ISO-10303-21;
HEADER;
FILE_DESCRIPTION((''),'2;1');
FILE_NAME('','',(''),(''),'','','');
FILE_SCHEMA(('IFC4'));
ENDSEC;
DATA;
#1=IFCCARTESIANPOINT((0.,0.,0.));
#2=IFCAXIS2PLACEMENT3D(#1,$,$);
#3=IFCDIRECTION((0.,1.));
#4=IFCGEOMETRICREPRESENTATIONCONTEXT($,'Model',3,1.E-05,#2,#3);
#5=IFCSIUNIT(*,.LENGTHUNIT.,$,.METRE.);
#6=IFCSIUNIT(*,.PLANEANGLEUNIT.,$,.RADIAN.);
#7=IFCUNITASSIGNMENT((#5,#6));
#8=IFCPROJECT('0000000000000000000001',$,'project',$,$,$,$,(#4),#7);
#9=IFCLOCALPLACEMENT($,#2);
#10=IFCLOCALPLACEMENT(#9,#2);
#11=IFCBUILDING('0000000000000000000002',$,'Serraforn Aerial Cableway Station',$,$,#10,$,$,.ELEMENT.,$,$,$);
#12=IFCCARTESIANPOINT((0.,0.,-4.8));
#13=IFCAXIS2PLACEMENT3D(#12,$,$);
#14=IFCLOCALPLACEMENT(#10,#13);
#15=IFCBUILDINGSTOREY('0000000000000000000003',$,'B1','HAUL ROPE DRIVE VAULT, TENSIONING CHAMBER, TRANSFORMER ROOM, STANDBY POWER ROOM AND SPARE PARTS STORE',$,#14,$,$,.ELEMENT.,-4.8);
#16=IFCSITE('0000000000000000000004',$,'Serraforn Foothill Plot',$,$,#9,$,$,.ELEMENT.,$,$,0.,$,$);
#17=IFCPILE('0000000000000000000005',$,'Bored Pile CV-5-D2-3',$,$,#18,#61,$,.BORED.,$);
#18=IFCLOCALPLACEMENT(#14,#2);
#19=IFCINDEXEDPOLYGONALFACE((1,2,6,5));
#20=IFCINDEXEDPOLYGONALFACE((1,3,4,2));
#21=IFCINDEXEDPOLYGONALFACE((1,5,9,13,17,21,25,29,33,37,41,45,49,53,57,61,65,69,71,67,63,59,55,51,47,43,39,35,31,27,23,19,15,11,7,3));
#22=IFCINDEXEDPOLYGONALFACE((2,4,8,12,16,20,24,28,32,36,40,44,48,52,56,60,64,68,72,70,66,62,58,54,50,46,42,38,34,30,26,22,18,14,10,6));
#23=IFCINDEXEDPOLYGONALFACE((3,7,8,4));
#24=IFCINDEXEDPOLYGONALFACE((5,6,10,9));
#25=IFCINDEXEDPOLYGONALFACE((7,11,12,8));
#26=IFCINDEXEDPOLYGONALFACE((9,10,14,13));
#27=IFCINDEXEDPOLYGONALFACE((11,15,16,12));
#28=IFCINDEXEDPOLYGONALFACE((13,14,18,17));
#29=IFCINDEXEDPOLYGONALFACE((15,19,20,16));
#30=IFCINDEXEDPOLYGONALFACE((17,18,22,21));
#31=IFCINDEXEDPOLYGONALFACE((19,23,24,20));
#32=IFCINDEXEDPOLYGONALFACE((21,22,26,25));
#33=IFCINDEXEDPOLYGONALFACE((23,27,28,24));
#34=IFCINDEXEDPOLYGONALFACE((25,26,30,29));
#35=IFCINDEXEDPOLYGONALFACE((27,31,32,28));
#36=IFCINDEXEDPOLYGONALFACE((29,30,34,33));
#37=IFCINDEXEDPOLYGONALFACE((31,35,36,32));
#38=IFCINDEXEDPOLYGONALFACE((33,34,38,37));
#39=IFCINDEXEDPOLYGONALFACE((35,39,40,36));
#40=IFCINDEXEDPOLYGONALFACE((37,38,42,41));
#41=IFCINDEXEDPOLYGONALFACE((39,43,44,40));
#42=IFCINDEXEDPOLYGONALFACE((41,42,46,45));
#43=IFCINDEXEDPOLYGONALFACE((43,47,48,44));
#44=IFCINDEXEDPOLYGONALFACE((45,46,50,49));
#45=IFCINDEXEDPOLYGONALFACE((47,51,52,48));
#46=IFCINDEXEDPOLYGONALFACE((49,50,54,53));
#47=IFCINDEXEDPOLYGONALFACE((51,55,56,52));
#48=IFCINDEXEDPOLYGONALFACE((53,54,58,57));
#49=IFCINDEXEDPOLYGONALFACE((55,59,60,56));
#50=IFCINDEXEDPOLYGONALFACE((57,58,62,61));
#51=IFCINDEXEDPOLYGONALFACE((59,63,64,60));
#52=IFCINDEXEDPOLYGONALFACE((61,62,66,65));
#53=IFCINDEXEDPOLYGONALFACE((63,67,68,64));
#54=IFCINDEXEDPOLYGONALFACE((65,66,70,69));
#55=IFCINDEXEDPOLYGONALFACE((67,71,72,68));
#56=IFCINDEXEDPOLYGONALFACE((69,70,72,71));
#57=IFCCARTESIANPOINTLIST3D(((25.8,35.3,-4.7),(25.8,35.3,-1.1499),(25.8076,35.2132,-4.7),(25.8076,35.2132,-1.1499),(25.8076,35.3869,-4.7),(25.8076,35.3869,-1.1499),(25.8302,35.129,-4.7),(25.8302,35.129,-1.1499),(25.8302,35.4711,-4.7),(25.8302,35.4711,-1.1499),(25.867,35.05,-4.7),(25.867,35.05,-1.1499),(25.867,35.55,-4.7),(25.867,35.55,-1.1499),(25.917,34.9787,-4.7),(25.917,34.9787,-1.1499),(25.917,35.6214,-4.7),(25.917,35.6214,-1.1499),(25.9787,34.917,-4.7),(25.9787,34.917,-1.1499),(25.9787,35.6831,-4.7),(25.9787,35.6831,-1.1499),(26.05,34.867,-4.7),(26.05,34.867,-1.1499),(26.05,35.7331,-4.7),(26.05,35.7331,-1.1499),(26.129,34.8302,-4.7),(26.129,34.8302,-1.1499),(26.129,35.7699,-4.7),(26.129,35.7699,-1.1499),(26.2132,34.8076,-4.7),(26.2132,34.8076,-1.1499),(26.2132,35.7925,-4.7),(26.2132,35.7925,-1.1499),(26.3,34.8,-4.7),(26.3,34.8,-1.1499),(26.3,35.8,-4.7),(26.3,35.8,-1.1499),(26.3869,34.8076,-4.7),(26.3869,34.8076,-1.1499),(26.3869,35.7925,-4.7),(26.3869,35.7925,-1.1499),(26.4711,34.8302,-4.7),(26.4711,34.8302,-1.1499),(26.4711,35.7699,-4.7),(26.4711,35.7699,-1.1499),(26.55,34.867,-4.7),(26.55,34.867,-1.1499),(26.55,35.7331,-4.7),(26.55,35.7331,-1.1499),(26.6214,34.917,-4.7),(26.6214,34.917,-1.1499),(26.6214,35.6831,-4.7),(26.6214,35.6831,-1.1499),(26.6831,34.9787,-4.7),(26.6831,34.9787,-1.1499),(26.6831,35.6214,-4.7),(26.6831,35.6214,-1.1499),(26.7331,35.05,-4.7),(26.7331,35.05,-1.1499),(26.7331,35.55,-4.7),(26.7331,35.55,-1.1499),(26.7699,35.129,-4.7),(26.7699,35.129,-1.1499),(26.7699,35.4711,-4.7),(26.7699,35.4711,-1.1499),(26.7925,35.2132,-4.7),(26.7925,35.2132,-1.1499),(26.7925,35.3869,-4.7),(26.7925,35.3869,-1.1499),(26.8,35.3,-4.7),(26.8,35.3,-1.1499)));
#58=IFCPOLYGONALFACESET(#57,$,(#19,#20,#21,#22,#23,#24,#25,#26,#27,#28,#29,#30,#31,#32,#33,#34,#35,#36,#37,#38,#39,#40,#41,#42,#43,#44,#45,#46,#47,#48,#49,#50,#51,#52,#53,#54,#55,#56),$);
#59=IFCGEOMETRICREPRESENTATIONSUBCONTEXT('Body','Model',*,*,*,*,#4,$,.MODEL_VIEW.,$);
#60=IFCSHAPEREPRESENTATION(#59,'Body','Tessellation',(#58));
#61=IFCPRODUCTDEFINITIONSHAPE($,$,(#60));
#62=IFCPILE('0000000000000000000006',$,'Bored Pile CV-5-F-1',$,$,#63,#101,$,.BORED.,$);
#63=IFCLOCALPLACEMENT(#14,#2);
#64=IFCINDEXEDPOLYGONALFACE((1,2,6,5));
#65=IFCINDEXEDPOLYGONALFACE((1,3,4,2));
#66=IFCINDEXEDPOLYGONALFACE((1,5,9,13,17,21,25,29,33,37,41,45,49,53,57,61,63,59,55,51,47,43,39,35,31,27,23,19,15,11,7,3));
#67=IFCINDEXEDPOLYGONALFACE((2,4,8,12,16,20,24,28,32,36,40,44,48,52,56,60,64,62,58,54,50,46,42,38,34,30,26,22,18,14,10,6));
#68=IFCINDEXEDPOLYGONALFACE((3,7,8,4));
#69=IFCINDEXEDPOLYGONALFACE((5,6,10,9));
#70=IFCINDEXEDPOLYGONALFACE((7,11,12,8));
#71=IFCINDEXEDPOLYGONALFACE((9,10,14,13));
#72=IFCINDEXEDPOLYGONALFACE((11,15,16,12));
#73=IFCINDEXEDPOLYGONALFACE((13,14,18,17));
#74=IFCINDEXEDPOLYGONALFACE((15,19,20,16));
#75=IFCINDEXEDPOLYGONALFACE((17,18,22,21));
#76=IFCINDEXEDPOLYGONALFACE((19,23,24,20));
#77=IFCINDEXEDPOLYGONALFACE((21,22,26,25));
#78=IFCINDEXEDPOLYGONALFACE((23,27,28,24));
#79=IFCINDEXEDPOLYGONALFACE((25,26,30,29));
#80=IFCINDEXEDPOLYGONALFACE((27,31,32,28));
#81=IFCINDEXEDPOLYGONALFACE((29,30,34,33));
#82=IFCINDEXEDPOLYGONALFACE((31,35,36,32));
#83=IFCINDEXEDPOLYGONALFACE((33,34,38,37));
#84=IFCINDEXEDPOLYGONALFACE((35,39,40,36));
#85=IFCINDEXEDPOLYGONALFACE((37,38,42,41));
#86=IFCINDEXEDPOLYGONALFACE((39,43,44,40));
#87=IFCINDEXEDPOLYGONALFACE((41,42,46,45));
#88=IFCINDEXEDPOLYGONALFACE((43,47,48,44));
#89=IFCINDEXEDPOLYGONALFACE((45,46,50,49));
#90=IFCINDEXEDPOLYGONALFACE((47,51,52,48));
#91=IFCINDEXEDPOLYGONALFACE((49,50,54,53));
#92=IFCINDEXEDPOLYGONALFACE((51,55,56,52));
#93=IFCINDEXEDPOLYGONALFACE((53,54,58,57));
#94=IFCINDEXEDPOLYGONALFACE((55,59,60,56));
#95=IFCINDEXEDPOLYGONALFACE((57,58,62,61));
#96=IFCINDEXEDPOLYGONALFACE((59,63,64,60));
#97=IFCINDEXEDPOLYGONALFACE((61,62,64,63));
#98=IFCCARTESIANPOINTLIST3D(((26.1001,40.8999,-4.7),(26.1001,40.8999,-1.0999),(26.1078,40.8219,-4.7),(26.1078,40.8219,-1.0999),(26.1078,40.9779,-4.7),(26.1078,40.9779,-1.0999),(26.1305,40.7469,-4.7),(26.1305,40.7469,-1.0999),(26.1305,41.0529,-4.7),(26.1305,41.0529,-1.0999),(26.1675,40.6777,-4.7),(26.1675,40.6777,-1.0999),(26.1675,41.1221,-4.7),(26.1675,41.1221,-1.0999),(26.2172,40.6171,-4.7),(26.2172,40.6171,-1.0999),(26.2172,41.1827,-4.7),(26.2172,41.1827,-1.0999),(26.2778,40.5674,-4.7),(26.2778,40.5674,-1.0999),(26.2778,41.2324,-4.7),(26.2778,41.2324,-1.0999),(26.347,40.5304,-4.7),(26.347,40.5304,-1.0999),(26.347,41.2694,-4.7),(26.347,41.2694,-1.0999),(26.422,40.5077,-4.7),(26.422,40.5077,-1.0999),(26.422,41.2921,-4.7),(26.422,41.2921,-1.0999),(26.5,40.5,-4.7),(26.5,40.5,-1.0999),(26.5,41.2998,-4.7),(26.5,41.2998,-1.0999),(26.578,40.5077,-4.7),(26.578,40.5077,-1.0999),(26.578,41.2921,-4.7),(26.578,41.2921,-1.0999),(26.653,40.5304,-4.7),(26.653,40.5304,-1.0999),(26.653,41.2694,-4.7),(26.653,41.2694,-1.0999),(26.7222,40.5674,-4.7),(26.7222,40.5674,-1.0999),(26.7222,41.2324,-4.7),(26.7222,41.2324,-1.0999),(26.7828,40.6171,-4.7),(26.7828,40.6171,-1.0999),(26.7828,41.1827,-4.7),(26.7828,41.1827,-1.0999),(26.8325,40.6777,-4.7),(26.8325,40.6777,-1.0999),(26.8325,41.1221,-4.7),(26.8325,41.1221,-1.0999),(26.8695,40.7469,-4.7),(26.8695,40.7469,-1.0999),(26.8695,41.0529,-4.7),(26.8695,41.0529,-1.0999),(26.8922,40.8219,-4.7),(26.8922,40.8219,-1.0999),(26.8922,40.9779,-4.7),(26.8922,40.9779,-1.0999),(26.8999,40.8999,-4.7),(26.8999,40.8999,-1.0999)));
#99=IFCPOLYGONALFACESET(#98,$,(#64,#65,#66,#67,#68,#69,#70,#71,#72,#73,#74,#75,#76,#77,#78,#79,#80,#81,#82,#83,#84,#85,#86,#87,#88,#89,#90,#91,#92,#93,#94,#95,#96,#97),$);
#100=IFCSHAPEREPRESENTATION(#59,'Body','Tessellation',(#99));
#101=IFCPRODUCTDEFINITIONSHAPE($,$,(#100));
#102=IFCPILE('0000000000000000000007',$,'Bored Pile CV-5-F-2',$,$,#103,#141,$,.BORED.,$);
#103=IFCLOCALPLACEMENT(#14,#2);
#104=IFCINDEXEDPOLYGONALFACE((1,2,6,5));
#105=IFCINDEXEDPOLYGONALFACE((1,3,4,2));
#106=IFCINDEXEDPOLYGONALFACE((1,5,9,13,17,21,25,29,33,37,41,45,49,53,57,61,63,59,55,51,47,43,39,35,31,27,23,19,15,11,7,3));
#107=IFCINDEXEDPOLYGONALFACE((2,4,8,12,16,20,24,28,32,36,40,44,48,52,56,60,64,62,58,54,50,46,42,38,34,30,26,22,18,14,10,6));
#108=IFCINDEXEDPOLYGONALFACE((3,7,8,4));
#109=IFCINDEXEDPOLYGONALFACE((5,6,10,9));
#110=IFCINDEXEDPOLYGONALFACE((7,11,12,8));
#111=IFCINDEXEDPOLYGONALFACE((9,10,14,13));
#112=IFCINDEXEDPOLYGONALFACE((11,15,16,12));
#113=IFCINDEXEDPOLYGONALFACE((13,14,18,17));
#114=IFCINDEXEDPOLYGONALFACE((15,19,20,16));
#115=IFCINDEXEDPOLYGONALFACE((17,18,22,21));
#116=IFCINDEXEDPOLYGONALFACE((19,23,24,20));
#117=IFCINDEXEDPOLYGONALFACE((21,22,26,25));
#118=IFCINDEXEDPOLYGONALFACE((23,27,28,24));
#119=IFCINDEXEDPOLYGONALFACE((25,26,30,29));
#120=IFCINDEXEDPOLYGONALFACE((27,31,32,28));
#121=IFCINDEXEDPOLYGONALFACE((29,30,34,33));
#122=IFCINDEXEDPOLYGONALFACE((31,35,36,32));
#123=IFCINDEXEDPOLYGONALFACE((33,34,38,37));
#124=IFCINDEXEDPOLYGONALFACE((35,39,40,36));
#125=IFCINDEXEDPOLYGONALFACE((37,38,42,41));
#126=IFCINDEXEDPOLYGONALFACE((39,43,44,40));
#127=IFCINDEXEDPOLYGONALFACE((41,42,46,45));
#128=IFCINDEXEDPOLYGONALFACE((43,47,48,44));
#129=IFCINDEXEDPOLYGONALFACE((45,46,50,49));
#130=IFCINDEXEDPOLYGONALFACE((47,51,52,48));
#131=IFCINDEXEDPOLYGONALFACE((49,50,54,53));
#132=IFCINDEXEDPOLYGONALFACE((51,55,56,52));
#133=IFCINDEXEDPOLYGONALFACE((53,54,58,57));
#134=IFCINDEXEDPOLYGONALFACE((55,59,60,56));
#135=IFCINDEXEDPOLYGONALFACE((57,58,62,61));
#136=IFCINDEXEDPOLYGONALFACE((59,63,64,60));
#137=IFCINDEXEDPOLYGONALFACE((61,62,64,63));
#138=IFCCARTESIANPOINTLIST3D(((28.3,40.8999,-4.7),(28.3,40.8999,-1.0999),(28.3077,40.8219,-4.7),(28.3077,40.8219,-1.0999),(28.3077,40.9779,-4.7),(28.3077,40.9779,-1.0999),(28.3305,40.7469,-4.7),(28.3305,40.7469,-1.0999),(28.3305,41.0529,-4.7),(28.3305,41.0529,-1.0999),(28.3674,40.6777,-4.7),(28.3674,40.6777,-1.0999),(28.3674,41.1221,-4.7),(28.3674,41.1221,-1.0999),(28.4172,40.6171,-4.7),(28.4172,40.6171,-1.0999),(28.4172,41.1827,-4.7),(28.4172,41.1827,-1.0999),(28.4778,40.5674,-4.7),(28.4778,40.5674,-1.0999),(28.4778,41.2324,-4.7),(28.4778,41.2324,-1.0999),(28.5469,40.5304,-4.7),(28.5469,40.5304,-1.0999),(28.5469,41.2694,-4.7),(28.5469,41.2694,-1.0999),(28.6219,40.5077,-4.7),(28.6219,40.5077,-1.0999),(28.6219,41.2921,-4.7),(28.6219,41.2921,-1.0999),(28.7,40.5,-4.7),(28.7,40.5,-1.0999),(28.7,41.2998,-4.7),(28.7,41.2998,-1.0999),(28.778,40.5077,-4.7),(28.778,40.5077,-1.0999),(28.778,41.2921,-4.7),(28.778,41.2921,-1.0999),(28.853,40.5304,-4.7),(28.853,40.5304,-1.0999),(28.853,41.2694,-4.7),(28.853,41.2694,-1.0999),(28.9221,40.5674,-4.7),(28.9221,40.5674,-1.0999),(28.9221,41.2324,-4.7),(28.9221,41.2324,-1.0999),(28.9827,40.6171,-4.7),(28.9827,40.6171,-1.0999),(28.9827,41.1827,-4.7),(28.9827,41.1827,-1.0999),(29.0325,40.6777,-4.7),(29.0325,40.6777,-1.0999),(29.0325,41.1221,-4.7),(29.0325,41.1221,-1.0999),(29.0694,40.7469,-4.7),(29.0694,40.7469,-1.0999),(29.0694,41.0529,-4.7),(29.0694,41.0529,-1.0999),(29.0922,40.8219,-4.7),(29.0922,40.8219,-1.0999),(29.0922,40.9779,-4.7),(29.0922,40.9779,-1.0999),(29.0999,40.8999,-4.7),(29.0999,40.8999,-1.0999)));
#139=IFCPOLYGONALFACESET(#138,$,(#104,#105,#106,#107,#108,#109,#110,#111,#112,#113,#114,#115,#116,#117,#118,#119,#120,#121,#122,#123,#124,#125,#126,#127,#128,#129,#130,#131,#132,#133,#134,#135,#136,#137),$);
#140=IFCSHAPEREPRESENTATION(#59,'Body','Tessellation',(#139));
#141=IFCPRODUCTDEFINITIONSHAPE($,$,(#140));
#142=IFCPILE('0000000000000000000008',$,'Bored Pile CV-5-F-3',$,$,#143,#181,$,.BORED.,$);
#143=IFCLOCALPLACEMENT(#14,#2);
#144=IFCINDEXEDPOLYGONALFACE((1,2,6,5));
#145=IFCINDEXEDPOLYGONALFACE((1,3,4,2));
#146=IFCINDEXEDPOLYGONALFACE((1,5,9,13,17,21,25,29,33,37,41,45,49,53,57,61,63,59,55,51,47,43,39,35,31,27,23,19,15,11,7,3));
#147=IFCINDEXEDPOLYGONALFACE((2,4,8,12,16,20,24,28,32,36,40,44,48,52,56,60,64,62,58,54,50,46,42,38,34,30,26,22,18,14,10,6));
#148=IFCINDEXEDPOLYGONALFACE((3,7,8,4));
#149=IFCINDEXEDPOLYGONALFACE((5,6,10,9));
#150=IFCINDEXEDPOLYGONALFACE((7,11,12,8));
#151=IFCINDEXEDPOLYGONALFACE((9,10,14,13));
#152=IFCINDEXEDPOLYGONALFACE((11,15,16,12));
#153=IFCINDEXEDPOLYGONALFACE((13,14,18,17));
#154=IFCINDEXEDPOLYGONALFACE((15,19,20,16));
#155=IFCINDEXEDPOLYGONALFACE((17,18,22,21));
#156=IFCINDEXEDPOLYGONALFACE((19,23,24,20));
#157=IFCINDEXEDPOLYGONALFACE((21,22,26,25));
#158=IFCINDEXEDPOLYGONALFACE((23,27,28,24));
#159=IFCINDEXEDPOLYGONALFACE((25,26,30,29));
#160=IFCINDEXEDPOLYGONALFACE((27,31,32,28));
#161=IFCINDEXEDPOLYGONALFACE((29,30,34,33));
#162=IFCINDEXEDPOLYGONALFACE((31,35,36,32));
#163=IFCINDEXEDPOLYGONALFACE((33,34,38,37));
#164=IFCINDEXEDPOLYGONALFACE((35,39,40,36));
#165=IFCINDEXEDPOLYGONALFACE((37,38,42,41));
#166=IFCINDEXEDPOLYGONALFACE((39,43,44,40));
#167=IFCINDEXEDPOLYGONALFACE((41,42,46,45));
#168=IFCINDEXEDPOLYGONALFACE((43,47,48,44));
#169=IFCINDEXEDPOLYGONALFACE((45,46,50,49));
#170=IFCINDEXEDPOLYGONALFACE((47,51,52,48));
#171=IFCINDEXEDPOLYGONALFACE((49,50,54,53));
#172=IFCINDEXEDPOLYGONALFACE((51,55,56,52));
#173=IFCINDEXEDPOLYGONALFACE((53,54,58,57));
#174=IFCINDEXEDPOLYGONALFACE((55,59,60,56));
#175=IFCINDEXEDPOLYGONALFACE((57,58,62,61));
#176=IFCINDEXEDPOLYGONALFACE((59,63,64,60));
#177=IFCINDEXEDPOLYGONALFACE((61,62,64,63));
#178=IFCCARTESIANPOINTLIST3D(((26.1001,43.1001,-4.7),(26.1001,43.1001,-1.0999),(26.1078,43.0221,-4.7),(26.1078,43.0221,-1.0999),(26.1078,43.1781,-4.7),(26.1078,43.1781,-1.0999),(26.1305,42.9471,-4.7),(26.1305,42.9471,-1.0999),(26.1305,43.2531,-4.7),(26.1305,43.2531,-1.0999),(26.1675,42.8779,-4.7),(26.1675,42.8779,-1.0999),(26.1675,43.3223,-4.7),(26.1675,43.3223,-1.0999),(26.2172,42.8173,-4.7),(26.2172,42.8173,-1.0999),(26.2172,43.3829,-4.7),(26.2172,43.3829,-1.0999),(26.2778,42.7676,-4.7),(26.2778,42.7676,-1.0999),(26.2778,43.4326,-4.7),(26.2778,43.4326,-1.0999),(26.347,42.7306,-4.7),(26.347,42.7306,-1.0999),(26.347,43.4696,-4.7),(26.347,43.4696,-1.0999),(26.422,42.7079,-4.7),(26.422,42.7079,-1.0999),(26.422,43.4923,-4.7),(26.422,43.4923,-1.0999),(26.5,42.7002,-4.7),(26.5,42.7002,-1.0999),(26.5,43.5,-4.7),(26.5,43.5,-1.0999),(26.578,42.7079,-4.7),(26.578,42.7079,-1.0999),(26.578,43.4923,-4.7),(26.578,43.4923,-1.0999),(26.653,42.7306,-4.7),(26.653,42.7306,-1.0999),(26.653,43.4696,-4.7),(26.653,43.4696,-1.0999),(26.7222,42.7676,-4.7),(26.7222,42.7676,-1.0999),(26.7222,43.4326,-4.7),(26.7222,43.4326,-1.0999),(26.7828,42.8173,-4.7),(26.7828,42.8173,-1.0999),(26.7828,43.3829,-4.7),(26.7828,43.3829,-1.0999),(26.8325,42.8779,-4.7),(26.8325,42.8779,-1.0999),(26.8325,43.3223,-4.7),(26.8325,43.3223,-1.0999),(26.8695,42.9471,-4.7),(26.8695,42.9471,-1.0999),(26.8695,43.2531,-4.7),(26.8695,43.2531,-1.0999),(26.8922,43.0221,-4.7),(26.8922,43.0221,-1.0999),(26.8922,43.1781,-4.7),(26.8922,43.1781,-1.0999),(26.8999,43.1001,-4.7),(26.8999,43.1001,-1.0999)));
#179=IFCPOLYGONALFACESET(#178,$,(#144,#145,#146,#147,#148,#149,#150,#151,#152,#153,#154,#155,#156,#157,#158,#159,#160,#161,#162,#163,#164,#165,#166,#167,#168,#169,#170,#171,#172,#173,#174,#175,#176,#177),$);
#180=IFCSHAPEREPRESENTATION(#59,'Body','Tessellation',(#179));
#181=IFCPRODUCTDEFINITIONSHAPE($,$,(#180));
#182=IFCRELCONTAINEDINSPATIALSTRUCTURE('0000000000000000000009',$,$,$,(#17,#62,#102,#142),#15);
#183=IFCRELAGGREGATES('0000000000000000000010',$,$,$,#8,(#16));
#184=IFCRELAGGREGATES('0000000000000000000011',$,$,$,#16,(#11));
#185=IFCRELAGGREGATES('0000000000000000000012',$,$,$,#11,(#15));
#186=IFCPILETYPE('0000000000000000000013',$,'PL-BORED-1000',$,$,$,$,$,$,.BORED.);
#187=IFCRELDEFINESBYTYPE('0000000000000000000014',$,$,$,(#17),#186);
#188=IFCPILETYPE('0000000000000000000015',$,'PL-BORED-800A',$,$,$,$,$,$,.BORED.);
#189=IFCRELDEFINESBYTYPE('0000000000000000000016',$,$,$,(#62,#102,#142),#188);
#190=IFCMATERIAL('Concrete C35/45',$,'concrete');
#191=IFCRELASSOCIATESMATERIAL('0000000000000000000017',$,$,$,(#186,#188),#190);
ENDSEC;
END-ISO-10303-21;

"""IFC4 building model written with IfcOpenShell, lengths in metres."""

from ifc_helpers import new_model, si_unit, direction, frame, origin, origin_2d, place, context, subcontext, project, spatial, circle, extrude, material, material_profile, profile_set, type_object, element, save


model = new_model("IFC4")

# Units and contexts
model_context = context("Model", 3, precision=1e-05, world=origin(), true_north=direction((0.0, 1.0)))
body_context = subcontext(model_context, "Body", "Model", "MODEL_VIEW")
ifc_project = project(units=[si_unit("LENGTHUNIT", "METRE"), si_unit("PLANEANGLEUNIT", "RADIAN")], contexts=[model_context])

# Site, building, storey
site_placement = place(None, origin())
site = spatial("IfcSite", under=ifc_project, at=site_placement, Name="Serraforn Foothill Plot", CompositionType="ELEMENT", RefElevation=0.0)
building_placement = place(site_placement, origin())
building = spatial("IfcBuilding", under=site, at=building_placement, Name="Serraforn Aerial Cableway Station", CompositionType="ELEMENT")
storey_placement = place(building_placement, frame((0.0, 0.0, -4.8)))
storey = spatial("IfcBuildingStorey", under=building, at=storey_placement, Name="B1", Description="HAUL ROPE DRIVE VAULT, TENSIONING CHAMBER, TRANSFORMER ROOM, STANDBY POWER ROOM AND SPARE PARTS STORE", CompositionType="ELEMENT", Elevation=-4.8)

# Shared definitions
ifc_material_1 = material(Name="Concrete C35/45", Category="concrete")

# Piles
ifc_material_profile_1 = material_profile(ifc_material_1, circle(Radius=0.5, at=origin_2d()), Name="BORED PILE D1000")
ifc_profile_set_1 = profile_set([ifc_material_profile_1], Name="Concrete C35/45")
pile_type_1 = type_object("IfcPileType", Name="PL-BORED-1000", PredefinedType="BORED", material=ifc_profile_set_1)
for number, where, z_axis, x_axis, name in (
    (1, (26.3, 35.3, -1.1499), (0.0, 0.0, -1.0), (1.0, 0.0, 0.0), "Bored Pile CV-5-D2-3"),
):
    element("IfcPile", number, at=place(storey_placement, frame(where, z_axis=z_axis, x_axis=x_axis)), inside=storey, type_object=pile_type_1, Name=name, PredefinedType="BORED", context=body_context, shape_type="SweptSolid", body=[
        extrude(circle(Radius=0.5, at=origin_2d()), origin(), (0.0, 0.0, 1.0), 3.55),
    ])
ifc_material_profile_2 = material_profile(ifc_material_1, circle(Radius=0.3999, at=origin_2d()), Name="BORED PILE D800")
ifc_profile_set_2 = profile_set([ifc_material_profile_2], Name="Concrete C35/45")
pile_type_2 = type_object("IfcPileType", Name="PL-BORED-800A", PredefinedType="BORED", material=ifc_profile_set_2)
for number, where, z_axis, x_axis, name in (
    (2, (26.5, 40.8999, -1.0999), (0.0, 0.0, -1.0), (1.0, 0.0, 0.0), "Bored Pile CV-5-F-1"),
    (3, (28.7, 40.8999, -1.0999), (0.0, 0.0, -1.0), (1.0, 0.0, 0.0), "Bored Pile CV-5-F-2"),
    (4, (26.5, 43.1001, -1.0999), (0.0, 0.0, -1.0), (1.0, 0.0, 0.0), "Bored Pile CV-5-F-3"),
):
    element("IfcPile", number, at=place(storey_placement, frame(where, z_axis=z_axis, x_axis=x_axis)), inside=storey, type_object=pile_type_2, Name=name, PredefinedType="BORED", context=body_context, shape_type="SweptSolid", body=[
        extrude(circle(Radius=0.3999, at=origin_2d()), origin(), (0.0, 0.0, 1.0), 3.6001),
    ])

save(model, "model.ifc")
